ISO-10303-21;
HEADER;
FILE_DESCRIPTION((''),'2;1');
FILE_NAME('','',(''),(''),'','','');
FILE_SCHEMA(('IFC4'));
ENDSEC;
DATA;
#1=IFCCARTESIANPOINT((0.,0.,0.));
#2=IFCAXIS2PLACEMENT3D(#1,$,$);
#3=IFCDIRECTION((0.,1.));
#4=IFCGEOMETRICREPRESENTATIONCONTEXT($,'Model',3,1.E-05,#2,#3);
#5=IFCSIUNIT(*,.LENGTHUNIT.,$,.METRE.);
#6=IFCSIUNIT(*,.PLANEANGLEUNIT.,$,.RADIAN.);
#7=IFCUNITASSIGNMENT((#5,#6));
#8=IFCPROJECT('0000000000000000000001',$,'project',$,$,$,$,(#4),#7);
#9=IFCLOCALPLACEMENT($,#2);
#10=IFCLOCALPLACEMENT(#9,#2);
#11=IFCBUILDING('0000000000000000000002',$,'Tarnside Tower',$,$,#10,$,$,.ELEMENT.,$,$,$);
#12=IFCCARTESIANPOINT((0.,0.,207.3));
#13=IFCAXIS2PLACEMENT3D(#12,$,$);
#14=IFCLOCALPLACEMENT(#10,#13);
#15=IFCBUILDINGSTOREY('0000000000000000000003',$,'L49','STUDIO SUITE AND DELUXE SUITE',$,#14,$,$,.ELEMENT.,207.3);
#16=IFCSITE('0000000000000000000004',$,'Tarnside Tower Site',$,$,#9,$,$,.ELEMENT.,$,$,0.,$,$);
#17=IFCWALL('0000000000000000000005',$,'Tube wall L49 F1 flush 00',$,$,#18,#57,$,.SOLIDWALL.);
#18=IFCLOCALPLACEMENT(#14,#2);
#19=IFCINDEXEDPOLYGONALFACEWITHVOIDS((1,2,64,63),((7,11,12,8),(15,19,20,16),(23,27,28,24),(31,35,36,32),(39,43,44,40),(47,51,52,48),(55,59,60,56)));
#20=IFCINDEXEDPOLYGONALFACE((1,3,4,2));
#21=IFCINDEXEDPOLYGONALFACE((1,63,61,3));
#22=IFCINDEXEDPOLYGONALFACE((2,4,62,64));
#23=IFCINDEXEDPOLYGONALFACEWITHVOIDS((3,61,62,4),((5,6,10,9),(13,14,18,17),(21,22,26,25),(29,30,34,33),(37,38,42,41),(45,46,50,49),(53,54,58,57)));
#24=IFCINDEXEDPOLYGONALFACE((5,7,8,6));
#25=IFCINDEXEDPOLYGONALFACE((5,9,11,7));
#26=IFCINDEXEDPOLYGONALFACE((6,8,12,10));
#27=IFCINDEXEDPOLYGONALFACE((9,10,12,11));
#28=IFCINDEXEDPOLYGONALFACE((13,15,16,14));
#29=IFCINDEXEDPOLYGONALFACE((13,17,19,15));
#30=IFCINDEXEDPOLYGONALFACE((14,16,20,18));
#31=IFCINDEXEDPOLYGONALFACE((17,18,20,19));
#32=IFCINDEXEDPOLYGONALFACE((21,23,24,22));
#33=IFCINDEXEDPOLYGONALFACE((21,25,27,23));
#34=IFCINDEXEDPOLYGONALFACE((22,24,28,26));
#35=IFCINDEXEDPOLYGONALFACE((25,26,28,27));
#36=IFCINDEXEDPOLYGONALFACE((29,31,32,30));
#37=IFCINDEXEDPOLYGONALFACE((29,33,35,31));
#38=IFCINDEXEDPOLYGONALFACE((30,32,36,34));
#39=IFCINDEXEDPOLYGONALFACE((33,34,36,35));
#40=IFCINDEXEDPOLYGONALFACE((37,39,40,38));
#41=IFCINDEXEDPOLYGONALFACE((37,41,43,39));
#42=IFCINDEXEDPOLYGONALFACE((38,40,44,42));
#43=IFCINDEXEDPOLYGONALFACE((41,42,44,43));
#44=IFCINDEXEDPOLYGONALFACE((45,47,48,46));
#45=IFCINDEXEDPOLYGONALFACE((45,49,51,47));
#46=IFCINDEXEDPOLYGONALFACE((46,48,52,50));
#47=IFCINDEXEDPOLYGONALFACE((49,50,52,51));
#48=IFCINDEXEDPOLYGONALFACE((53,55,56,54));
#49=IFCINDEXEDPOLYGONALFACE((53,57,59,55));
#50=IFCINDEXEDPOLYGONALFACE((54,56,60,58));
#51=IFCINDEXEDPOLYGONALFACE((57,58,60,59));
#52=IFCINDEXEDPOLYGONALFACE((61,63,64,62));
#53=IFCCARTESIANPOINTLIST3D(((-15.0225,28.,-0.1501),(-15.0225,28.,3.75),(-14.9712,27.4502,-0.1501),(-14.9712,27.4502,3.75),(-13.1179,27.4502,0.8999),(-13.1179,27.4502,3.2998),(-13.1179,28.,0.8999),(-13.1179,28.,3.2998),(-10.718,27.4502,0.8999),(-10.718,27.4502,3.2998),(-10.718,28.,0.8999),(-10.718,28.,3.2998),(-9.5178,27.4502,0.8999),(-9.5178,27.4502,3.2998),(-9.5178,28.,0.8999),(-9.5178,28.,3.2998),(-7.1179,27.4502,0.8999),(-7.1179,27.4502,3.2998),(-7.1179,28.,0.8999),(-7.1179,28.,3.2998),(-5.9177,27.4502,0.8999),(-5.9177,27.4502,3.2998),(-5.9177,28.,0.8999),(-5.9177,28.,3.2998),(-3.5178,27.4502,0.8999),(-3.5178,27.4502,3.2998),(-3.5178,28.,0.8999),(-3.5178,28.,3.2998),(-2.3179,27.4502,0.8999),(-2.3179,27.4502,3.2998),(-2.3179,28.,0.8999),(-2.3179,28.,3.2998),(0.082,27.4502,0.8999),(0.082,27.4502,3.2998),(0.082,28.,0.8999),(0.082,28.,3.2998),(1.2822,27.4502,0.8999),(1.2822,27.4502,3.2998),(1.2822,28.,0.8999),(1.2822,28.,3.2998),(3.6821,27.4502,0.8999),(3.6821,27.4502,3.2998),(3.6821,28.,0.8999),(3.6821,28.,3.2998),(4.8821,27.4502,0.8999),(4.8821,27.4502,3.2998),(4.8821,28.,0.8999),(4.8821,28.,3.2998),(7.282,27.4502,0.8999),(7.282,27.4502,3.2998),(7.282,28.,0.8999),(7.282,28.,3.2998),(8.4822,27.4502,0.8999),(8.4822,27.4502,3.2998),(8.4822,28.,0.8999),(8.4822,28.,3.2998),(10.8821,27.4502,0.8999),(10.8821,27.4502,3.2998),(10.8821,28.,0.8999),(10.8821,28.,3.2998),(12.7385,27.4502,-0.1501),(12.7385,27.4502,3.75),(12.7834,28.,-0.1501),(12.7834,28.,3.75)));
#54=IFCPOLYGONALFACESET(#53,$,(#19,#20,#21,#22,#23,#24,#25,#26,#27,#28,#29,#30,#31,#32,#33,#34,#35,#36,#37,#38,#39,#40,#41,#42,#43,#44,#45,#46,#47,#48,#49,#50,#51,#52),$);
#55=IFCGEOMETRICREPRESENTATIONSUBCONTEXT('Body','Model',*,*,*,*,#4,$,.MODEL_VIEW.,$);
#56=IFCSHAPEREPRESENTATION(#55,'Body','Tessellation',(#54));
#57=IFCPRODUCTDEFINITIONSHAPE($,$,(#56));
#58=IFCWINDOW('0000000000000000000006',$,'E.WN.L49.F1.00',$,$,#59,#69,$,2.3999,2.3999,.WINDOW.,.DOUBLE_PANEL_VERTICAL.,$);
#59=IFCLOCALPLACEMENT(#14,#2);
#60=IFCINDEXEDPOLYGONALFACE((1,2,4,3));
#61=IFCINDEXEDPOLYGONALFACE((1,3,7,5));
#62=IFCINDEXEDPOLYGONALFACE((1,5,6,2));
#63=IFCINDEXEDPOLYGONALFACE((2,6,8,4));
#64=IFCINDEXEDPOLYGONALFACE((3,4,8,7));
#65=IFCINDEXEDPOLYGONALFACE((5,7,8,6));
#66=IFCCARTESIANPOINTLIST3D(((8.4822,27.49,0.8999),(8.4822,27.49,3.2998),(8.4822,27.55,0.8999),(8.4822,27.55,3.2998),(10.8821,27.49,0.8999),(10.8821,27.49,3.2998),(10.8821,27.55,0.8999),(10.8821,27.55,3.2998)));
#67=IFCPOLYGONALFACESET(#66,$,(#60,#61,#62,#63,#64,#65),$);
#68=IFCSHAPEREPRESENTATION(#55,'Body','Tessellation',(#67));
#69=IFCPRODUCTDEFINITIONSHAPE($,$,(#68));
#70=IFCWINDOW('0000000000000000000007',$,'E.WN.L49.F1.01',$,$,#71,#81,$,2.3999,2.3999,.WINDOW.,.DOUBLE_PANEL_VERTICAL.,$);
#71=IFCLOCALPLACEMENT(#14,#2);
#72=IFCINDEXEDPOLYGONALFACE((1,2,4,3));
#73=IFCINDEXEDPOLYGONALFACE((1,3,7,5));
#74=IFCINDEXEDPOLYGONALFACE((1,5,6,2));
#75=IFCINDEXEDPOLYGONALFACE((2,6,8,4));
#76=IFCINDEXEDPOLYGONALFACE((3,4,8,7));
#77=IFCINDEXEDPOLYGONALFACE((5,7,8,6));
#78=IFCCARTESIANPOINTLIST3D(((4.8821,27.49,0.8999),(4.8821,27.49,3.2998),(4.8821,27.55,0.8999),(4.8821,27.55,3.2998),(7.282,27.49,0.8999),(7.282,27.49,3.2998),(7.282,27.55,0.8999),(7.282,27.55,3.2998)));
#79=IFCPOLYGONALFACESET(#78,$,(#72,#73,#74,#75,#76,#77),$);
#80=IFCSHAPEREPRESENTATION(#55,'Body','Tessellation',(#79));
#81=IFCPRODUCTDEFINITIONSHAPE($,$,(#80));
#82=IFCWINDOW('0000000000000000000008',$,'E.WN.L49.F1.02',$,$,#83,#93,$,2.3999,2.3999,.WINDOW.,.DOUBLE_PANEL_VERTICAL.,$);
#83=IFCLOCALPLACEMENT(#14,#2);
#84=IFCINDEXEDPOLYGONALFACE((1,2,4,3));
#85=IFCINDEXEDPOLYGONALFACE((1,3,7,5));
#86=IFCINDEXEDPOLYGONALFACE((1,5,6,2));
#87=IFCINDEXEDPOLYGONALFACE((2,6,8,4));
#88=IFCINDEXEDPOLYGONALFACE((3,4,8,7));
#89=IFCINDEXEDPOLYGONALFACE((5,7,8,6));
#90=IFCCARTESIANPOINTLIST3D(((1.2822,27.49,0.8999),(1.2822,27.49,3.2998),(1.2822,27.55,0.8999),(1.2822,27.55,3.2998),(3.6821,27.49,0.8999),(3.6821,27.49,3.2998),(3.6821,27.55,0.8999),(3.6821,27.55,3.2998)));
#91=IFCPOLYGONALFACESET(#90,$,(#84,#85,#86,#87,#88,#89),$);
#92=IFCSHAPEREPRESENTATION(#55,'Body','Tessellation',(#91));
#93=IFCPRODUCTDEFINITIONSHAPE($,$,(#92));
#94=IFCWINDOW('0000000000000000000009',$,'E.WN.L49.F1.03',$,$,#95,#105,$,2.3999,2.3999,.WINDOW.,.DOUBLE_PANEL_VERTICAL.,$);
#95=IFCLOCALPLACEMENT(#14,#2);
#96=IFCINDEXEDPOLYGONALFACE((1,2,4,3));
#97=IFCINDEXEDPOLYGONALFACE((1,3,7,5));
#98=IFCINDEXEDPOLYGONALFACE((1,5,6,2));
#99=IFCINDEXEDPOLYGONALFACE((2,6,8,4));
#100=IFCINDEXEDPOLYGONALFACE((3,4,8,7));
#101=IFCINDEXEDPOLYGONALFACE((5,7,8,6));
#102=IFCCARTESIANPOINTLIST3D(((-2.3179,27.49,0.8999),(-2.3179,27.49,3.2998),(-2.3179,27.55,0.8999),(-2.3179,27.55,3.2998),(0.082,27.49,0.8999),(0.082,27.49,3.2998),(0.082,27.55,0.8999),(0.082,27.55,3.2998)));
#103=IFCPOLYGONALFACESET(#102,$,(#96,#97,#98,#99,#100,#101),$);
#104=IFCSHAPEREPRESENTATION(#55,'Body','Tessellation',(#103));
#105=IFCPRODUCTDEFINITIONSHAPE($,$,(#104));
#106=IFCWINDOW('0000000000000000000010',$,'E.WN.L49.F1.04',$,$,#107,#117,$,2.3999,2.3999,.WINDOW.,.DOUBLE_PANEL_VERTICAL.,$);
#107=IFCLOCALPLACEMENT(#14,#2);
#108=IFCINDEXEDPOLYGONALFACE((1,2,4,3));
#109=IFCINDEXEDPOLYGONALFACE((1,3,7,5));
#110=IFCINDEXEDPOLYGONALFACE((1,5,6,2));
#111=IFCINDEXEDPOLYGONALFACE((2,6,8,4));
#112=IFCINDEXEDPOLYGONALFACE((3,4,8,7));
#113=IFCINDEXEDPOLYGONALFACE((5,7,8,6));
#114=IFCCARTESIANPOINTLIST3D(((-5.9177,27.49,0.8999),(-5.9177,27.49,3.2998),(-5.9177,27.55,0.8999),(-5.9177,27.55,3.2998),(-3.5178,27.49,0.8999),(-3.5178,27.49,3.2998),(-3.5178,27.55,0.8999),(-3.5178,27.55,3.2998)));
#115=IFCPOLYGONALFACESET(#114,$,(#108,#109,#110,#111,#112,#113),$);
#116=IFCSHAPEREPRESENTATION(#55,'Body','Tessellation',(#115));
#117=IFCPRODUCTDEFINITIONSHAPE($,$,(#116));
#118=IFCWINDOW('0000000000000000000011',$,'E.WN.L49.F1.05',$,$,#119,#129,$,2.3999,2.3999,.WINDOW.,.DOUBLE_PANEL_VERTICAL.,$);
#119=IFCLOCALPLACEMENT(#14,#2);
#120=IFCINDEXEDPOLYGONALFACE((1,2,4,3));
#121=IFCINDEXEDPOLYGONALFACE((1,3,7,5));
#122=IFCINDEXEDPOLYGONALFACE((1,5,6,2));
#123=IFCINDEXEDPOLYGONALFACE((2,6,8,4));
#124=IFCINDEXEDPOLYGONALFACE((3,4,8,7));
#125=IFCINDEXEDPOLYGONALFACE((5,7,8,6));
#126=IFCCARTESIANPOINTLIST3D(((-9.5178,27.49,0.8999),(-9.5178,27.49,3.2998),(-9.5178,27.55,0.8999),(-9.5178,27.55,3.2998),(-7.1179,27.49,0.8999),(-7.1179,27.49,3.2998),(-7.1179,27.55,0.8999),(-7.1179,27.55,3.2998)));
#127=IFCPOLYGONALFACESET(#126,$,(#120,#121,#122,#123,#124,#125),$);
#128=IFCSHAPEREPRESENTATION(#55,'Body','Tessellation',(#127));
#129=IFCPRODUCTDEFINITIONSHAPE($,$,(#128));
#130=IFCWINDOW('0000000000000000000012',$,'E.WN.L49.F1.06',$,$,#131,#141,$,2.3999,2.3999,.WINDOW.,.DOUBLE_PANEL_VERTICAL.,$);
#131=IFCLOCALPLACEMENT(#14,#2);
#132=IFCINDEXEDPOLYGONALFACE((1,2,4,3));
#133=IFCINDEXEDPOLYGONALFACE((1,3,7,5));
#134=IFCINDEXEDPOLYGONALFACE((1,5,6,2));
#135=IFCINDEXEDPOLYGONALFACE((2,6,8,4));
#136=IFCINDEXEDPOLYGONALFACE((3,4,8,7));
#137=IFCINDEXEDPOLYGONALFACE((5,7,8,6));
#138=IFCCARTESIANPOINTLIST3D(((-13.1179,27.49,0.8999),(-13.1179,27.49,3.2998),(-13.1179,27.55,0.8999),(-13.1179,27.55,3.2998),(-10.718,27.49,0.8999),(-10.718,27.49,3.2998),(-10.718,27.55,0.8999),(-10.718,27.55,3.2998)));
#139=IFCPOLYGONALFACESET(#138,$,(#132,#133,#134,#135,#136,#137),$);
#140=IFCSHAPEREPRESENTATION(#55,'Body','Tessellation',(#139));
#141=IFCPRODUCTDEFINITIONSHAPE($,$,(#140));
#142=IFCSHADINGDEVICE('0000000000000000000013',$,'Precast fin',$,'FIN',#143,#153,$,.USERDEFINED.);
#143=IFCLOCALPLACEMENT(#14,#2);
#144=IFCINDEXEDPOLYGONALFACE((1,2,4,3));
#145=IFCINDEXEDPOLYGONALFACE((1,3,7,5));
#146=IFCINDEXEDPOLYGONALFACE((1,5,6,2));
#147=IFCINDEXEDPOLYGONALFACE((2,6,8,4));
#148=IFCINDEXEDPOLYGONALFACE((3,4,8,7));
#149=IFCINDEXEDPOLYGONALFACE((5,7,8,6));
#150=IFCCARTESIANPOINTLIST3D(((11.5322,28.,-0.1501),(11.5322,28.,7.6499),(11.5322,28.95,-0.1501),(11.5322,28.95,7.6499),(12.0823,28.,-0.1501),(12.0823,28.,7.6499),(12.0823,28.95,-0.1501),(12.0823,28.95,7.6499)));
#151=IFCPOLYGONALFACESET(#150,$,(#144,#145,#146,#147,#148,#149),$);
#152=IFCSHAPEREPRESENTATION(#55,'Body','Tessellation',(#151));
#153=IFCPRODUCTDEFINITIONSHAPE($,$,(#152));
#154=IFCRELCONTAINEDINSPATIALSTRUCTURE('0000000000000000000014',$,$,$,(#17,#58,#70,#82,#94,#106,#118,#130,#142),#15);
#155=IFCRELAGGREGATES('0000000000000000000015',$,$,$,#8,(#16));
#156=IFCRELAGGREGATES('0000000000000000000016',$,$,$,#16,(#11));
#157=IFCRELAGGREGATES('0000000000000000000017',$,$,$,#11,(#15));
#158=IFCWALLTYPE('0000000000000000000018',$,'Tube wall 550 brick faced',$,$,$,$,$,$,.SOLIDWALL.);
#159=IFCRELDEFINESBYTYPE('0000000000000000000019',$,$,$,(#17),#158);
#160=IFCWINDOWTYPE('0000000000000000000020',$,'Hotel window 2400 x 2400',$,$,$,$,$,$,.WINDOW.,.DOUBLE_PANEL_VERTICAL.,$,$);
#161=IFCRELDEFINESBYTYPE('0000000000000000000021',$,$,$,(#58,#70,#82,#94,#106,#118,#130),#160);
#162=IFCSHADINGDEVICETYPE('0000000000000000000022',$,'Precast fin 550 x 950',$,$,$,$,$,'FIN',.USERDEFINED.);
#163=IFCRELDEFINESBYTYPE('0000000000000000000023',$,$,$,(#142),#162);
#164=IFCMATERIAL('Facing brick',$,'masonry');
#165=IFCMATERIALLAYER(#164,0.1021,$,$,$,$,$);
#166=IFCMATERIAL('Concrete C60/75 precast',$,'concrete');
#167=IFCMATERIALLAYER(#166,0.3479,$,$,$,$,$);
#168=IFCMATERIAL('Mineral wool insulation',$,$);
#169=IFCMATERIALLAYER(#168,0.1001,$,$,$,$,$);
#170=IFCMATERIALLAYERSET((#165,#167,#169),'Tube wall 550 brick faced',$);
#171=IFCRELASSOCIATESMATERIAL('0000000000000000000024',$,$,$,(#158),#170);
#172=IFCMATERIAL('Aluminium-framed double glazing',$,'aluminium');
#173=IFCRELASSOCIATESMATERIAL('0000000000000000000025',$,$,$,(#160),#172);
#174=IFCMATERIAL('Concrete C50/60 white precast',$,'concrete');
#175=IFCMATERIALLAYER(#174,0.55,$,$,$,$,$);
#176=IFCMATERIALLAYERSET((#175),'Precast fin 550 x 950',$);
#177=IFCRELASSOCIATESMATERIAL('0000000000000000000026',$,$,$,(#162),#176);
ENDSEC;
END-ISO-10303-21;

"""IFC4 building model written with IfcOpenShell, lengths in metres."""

from ifc_helpers import new_model, si_unit, direction, frame, frame_2d, origin, place, context, subcontext, project, spatial, polyline, rectangle, outline, extrude, material, layer, layer_set, type_object, element, fill, save


model = new_model("IFC4")

# Units and contexts
model_context = context("Model", 3, precision=1e-05, world=origin(), true_north=direction((0.0, 1.0)))
body_context = subcontext(model_context, "Body", "Model", "MODEL_VIEW")
ifc_project = project(units=[si_unit("LENGTHUNIT", "METRE"), si_unit("PLANEANGLEUNIT", "RADIAN")], contexts=[model_context])

# Site, building, storey
site_placement = place(None, origin())
site = spatial("IfcSite", under=ifc_project, at=site_placement, Name="Tarnside Tower Site", CompositionType="ELEMENT", RefElevation=0.0)
building_placement = place(site_placement, origin())
building = spatial("IfcBuilding", under=site, at=building_placement, Name="Tarnside Tower", CompositionType="ELEMENT")
storey_placement = place(building_placement, frame((0.0, 0.0, 207.3)))
storey = spatial("IfcBuildingStorey", under=building, at=storey_placement, Name="L49", Description="STUDIO SUITE AND DELUXE SUITE", CompositionType="ELEMENT", Elevation=207.3)

# Wall, openings, windows
ifc_material_1 = material(Name="Facing brick", Category="masonry")
ifc_layer_1 = layer(ifc_material_1, 0.1021)
ifc_material_2 = material(Name="Concrete C60/75 precast", Category="concrete")
ifc_layer_2 = layer(ifc_material_2, 0.3479)
ifc_material_3 = material(Name="Mineral wool insulation")
ifc_layer_3 = layer(ifc_material_3, 0.1001)
ifc_layer_set_1 = layer_set([ifc_layer_1, ifc_layer_2, ifc_layer_3], Name="Tube wall 550 brick faced")
wall_type_1 = type_object("IfcWallType", Name="Tube wall 550 brick faced", PredefinedType="SOLIDWALL", material=ifc_layer_set_1)
wall_placement = place(storey_placement, frame((12.761, 27.7251, -0.1501), z_axis=(0.0, 0.0, 1.0), x_axis=(-1.0, 0.0, 0.0)))
wall = element("IfcWall", 1, at=wall_placement, inside=storey, type_object=wall_type_1, Name="Tube wall L49 F1 flush 00", PredefinedType="SOLIDWALL", context=body_context, shape_type="SweptSolid", body=[
    extrude(outline(polyline([(-0.0225, -0.2749), (27.7834, -0.2749), (27.7322, 0.2749), (0.0225, 0.2749), (-0.0225, -0.2749)])), origin(), (0.0, 0.0, 1.0), 3.9001),
])
opening_1_placement = place(wall_placement, frame((1.8789, 0.0, 1.05)))
opening_1 = element("IfcOpeningElement", 2, at=opening_1_placement, cuts=wall, PredefinedType="OPENING", context=body_context, shape_type="SweptSolid", body=[
    extrude(rectangle(XDim=2.3999, YDim=2.3999, at=frame_2d((1.2, 1.2))), frame((0.0, 0.2852, 0.0), z_axis=(0.0, -1.0, 0.0), x_axis=(1.0, 0.0, 0.0)), (0.0, 0.0, 1.0), 0.5701),
])
opening_2_placement = place(wall_placement, frame((5.479, 0.0, 1.05)))
opening_2 = element("IfcOpeningElement", 3, at=opening_2_placement, cuts=wall, PredefinedType="OPENING", context=body_context, shape_type="SweptSolid", body=[
    extrude(rectangle(XDim=2.3999, YDim=2.3999, at=frame_2d((1.2, 1.2))), frame((0.0, 0.2852, 0.0), z_axis=(0.0, -1.0, 0.0), x_axis=(1.0, 0.0, 0.0)), (0.0, 0.0, 1.0), 0.5701),
])
opening_3_placement = place(wall_placement, frame((9.0789, 0.0, 1.05)))
opening_3 = element("IfcOpeningElement", 4, at=opening_3_placement, cuts=wall, PredefinedType="OPENING", context=body_context, shape_type="SweptSolid", body=[
    extrude(rectangle(XDim=2.3999, YDim=2.3999, at=frame_2d((1.2, 1.2))), frame((0.0, 0.2852, 0.0), z_axis=(0.0, -1.0, 0.0), x_axis=(1.0, 0.0, 0.0)), (0.0, 0.0, 1.0), 0.5701),
])
opening_4_placement = place(wall_placement, frame((12.679, 0.0, 1.05)))
opening_4 = element("IfcOpeningElement", 5, at=opening_4_placement, cuts=wall, PredefinedType="OPENING", context=body_context, shape_type="SweptSolid", body=[
    extrude(rectangle(XDim=2.3999, YDim=2.3999, at=frame_2d((1.2, 1.2))), frame((0.0, 0.2852, 0.0), z_axis=(0.0, -1.0, 0.0), x_axis=(1.0, 0.0, 0.0)), (0.0, 0.0, 1.0), 0.5701),
])
opening_5_placement = place(wall_placement, frame((16.2788, 0.0, 1.05)))
opening_5 = element("IfcOpeningElement", 6, at=opening_5_placement, cuts=wall, PredefinedType="OPENING", context=body_context, shape_type="SweptSolid", body=[
    extrude(rectangle(XDim=2.3999, YDim=2.3999, at=frame_2d((1.2, 1.2))), frame((0.0, 0.2852, 0.0), z_axis=(0.0, -1.0, 0.0), x_axis=(1.0, 0.0, 0.0)), (0.0, 0.0, 1.0), 0.5701),
])
opening_6_placement = place(wall_placement, frame((19.8789, 0.0, 1.05)))
opening_6 = element("IfcOpeningElement", 7, at=opening_6_placement, cuts=wall, PredefinedType="OPENING", context=body_context, shape_type="SweptSolid", body=[
    extrude(rectangle(XDim=2.3999, YDim=2.3999, at=frame_2d((1.2, 1.2))), frame((0.0, 0.2852, 0.0), z_axis=(0.0, -1.0, 0.0), x_axis=(1.0, 0.0, 0.0)), (0.0, 0.0, 1.0), 0.5701),
])
opening_7_placement = place(wall_placement, frame((23.479, 0.0, 1.05)))
opening_7 = element("IfcOpeningElement", 8, at=opening_7_placement, cuts=wall, PredefinedType="OPENING", context=body_context, shape_type="SweptSolid", body=[
    extrude(rectangle(XDim=2.3999, YDim=2.3999, at=frame_2d((1.2, 1.2))), frame((0.0, 0.2852, 0.0), z_axis=(0.0, -1.0, 0.0), x_axis=(1.0, 0.0, 0.0)), (0.0, 0.0, 1.0), 0.5701),
])
ifc_material_4 = material(Name="Aluminium-framed double glazing", Category="aluminium")
window_type = type_object("IfcWindowType", Name="Hotel window 2400 x 2400", PartitioningType="DOUBLE_PANEL_VERTICAL", PredefinedType="WINDOW", material=ifc_material_4)
window_1_placement = place(opening_1_placement, frame((0.0, 0.2051, 0.0)))
window_1 = element("IfcWindow", 9, at=window_1_placement, inside=storey, type_object=window_type, Name="E.WN.L49.F1.00", OverallHeight=2.3999, OverallWidth=2.3999, PartitioningType="DOUBLE_PANEL_VERTICAL", PredefinedType="WINDOW", context=body_context, shape_type="SweptSolid", body=[
    extrude(rectangle(XDim=2.3999, YDim=2.3999, at=frame_2d((1.2, 1.2))), frame((0.0, 0.03, 0.0), z_axis=(0.0, -1.0, 0.0), x_axis=(1.0, 0.0, 0.0)), (0.0, 0.0, 1.0), 0.0601),
])
fill(opening_1, window_1)
window_2_placement = place(opening_2_placement, frame((0.0, 0.2051, 0.0)))
window_2 = element("IfcWindow", 10, at=window_2_placement, inside=storey, type_object=window_type, Name="E.WN.L49.F1.01", OverallHeight=2.3999, OverallWidth=2.3999, PartitioningType="DOUBLE_PANEL_VERTICAL", PredefinedType="WINDOW", context=body_context, shape_type="SweptSolid", body=[
    extrude(rectangle(XDim=2.3999, YDim=2.3999, at=frame_2d((1.2, 1.2))), frame((0.0, 0.03, 0.0), z_axis=(0.0, -1.0, 0.0), x_axis=(1.0, 0.0, 0.0)), (0.0, 0.0, 1.0), 0.0601),
])
fill(opening_2, window_2)
window_3_placement = place(opening_3_placement, frame((0.0, 0.2051, 0.0)))
window_3 = element("IfcWindow", 11, at=window_3_placement, inside=storey, type_object=window_type, Name="E.WN.L49.F1.02", OverallHeight=2.3999, OverallWidth=2.3999, PartitioningType="DOUBLE_PANEL_VERTICAL", PredefinedType="WINDOW", context=body_context, shape_type="SweptSolid", body=[
    extrude(rectangle(XDim=2.3999, YDim=2.3999, at=frame_2d((1.2, 1.2))), frame((0.0, 0.03, 0.0), z_axis=(0.0, -1.0, 0.0), x_axis=(1.0, 0.0, 0.0)), (0.0, 0.0, 1.0), 0.0601),
])
fill(opening_3, window_3)
window_4_placement = place(opening_4_placement, frame((0.0, 0.2051, 0.0)))
window_4 = element("IfcWindow", 12, at=window_4_placement, inside=storey, type_object=window_type, Name="E.WN.L49.F1.03", OverallHeight=2.3999, OverallWidth=2.3999, PartitioningType="DOUBLE_PANEL_VERTICAL", PredefinedType="WINDOW", context=body_context, shape_type="SweptSolid", body=[
    extrude(rectangle(XDim=2.3999, YDim=2.3999, at=frame_2d((1.2, 1.2))), frame((0.0, 0.03, 0.0), z_axis=(0.0, -1.0, 0.0), x_axis=(1.0, 0.0, 0.0)), (0.0, 0.0, 1.0), 0.0601),
])
fill(opening_4, window_4)
window_5_placement = place(opening_5_placement, frame((0.0, 0.2051, 0.0)))
window_5 = element("IfcWindow", 13, at=window_5_placement, inside=storey, type_object=window_type, Name="E.WN.L49.F1.04", OverallHeight=2.3999, OverallWidth=2.3999, PartitioningType="DOUBLE_PANEL_VERTICAL", PredefinedType="WINDOW", context=body_context, shape_type="SweptSolid", body=[
    extrude(rectangle(XDim=2.3999, YDim=2.3999, at=frame_2d((1.2, 1.2))), frame((0.0, 0.03, 0.0), z_axis=(0.0, -1.0, 0.0), x_axis=(1.0, 0.0, 0.0)), (0.0, 0.0, 1.0), 0.0601),
])
fill(opening_5, window_5)
window_6_placement = place(opening_6_placement, frame((0.0, 0.2051, 0.0)))
window_6 = element("IfcWindow", 14, at=window_6_placement, inside=storey, type_object=window_type, Name="E.WN.L49.F1.05", OverallHeight=2.3999, OverallWidth=2.3999, PartitioningType="DOUBLE_PANEL_VERTICAL", PredefinedType="WINDOW", context=body_context, shape_type="SweptSolid", body=[
    extrude(rectangle(XDim=2.3999, YDim=2.3999, at=frame_2d((1.2, 1.2))), frame((0.0, 0.03, 0.0), z_axis=(0.0, -1.0, 0.0), x_axis=(1.0, 0.0, 0.0)), (0.0, 0.0, 1.0), 0.0601),
])
fill(opening_6, window_6)
window_7_placement = place(opening_7_placement, frame((0.0, 0.2051, 0.0)))
window_7 = element("IfcWindow", 15, at=window_7_placement, inside=storey, type_object=window_type, Name="E.WN.L49.F1.06", OverallHeight=2.3999, OverallWidth=2.3999, PartitioningType="DOUBLE_PANEL_VERTICAL", PredefinedType="WINDOW", context=body_context, shape_type="SweptSolid", body=[
    extrude(rectangle(XDim=2.3999, YDim=2.3999, at=frame_2d((1.2, 1.2))), frame((0.0, 0.03, 0.0), z_axis=(0.0, -1.0, 0.0), x_axis=(1.0, 0.0, 0.0)), (0.0, 0.0, 1.0), 0.0601),
])
fill(opening_7, window_7)

# Shading device
ifc_material_5 = material(Name="Concrete C50/60 white precast", Category="concrete")
ifc_layer_4 = layer(ifc_material_5, 0.55)
ifc_layer_set_2 = layer_set([ifc_layer_4], Name="Precast fin 550 x 950")
shading_device_type = type_object("IfcShadingDeviceType", Name="Precast fin 550 x 950", ElementType="FIN", PredefinedType="USERDEFINED", material=ifc_layer_set_2)
for number, where, z_axis, x_axis, name in (
    (16, (11.8071, 28.0, -0.1501), (1.0, 0.0, 0.0), (0.0, 1.0, 0.0), "Precast fin"),
):
    element("IfcShadingDevice", number, at=place(storey_placement, frame(where, z_axis=z_axis, x_axis=x_axis)), inside=storey, type_object=shading_device_type, Name=name, ObjectType="FIN", PredefinedType="USERDEFINED", context=body_context, shape_type="SweptSolid", body=[
        extrude(outline(polyline([(0.0, 0.0), (0.95, 0.0), (0.95, 7.8), (0.0, 7.8), (0.0, 0.0)])), frame((0.0, 0.0, -0.2749)), (0.0, 0.0, 1.0), 0.55),
    ])

save(model, "model.ifc")
